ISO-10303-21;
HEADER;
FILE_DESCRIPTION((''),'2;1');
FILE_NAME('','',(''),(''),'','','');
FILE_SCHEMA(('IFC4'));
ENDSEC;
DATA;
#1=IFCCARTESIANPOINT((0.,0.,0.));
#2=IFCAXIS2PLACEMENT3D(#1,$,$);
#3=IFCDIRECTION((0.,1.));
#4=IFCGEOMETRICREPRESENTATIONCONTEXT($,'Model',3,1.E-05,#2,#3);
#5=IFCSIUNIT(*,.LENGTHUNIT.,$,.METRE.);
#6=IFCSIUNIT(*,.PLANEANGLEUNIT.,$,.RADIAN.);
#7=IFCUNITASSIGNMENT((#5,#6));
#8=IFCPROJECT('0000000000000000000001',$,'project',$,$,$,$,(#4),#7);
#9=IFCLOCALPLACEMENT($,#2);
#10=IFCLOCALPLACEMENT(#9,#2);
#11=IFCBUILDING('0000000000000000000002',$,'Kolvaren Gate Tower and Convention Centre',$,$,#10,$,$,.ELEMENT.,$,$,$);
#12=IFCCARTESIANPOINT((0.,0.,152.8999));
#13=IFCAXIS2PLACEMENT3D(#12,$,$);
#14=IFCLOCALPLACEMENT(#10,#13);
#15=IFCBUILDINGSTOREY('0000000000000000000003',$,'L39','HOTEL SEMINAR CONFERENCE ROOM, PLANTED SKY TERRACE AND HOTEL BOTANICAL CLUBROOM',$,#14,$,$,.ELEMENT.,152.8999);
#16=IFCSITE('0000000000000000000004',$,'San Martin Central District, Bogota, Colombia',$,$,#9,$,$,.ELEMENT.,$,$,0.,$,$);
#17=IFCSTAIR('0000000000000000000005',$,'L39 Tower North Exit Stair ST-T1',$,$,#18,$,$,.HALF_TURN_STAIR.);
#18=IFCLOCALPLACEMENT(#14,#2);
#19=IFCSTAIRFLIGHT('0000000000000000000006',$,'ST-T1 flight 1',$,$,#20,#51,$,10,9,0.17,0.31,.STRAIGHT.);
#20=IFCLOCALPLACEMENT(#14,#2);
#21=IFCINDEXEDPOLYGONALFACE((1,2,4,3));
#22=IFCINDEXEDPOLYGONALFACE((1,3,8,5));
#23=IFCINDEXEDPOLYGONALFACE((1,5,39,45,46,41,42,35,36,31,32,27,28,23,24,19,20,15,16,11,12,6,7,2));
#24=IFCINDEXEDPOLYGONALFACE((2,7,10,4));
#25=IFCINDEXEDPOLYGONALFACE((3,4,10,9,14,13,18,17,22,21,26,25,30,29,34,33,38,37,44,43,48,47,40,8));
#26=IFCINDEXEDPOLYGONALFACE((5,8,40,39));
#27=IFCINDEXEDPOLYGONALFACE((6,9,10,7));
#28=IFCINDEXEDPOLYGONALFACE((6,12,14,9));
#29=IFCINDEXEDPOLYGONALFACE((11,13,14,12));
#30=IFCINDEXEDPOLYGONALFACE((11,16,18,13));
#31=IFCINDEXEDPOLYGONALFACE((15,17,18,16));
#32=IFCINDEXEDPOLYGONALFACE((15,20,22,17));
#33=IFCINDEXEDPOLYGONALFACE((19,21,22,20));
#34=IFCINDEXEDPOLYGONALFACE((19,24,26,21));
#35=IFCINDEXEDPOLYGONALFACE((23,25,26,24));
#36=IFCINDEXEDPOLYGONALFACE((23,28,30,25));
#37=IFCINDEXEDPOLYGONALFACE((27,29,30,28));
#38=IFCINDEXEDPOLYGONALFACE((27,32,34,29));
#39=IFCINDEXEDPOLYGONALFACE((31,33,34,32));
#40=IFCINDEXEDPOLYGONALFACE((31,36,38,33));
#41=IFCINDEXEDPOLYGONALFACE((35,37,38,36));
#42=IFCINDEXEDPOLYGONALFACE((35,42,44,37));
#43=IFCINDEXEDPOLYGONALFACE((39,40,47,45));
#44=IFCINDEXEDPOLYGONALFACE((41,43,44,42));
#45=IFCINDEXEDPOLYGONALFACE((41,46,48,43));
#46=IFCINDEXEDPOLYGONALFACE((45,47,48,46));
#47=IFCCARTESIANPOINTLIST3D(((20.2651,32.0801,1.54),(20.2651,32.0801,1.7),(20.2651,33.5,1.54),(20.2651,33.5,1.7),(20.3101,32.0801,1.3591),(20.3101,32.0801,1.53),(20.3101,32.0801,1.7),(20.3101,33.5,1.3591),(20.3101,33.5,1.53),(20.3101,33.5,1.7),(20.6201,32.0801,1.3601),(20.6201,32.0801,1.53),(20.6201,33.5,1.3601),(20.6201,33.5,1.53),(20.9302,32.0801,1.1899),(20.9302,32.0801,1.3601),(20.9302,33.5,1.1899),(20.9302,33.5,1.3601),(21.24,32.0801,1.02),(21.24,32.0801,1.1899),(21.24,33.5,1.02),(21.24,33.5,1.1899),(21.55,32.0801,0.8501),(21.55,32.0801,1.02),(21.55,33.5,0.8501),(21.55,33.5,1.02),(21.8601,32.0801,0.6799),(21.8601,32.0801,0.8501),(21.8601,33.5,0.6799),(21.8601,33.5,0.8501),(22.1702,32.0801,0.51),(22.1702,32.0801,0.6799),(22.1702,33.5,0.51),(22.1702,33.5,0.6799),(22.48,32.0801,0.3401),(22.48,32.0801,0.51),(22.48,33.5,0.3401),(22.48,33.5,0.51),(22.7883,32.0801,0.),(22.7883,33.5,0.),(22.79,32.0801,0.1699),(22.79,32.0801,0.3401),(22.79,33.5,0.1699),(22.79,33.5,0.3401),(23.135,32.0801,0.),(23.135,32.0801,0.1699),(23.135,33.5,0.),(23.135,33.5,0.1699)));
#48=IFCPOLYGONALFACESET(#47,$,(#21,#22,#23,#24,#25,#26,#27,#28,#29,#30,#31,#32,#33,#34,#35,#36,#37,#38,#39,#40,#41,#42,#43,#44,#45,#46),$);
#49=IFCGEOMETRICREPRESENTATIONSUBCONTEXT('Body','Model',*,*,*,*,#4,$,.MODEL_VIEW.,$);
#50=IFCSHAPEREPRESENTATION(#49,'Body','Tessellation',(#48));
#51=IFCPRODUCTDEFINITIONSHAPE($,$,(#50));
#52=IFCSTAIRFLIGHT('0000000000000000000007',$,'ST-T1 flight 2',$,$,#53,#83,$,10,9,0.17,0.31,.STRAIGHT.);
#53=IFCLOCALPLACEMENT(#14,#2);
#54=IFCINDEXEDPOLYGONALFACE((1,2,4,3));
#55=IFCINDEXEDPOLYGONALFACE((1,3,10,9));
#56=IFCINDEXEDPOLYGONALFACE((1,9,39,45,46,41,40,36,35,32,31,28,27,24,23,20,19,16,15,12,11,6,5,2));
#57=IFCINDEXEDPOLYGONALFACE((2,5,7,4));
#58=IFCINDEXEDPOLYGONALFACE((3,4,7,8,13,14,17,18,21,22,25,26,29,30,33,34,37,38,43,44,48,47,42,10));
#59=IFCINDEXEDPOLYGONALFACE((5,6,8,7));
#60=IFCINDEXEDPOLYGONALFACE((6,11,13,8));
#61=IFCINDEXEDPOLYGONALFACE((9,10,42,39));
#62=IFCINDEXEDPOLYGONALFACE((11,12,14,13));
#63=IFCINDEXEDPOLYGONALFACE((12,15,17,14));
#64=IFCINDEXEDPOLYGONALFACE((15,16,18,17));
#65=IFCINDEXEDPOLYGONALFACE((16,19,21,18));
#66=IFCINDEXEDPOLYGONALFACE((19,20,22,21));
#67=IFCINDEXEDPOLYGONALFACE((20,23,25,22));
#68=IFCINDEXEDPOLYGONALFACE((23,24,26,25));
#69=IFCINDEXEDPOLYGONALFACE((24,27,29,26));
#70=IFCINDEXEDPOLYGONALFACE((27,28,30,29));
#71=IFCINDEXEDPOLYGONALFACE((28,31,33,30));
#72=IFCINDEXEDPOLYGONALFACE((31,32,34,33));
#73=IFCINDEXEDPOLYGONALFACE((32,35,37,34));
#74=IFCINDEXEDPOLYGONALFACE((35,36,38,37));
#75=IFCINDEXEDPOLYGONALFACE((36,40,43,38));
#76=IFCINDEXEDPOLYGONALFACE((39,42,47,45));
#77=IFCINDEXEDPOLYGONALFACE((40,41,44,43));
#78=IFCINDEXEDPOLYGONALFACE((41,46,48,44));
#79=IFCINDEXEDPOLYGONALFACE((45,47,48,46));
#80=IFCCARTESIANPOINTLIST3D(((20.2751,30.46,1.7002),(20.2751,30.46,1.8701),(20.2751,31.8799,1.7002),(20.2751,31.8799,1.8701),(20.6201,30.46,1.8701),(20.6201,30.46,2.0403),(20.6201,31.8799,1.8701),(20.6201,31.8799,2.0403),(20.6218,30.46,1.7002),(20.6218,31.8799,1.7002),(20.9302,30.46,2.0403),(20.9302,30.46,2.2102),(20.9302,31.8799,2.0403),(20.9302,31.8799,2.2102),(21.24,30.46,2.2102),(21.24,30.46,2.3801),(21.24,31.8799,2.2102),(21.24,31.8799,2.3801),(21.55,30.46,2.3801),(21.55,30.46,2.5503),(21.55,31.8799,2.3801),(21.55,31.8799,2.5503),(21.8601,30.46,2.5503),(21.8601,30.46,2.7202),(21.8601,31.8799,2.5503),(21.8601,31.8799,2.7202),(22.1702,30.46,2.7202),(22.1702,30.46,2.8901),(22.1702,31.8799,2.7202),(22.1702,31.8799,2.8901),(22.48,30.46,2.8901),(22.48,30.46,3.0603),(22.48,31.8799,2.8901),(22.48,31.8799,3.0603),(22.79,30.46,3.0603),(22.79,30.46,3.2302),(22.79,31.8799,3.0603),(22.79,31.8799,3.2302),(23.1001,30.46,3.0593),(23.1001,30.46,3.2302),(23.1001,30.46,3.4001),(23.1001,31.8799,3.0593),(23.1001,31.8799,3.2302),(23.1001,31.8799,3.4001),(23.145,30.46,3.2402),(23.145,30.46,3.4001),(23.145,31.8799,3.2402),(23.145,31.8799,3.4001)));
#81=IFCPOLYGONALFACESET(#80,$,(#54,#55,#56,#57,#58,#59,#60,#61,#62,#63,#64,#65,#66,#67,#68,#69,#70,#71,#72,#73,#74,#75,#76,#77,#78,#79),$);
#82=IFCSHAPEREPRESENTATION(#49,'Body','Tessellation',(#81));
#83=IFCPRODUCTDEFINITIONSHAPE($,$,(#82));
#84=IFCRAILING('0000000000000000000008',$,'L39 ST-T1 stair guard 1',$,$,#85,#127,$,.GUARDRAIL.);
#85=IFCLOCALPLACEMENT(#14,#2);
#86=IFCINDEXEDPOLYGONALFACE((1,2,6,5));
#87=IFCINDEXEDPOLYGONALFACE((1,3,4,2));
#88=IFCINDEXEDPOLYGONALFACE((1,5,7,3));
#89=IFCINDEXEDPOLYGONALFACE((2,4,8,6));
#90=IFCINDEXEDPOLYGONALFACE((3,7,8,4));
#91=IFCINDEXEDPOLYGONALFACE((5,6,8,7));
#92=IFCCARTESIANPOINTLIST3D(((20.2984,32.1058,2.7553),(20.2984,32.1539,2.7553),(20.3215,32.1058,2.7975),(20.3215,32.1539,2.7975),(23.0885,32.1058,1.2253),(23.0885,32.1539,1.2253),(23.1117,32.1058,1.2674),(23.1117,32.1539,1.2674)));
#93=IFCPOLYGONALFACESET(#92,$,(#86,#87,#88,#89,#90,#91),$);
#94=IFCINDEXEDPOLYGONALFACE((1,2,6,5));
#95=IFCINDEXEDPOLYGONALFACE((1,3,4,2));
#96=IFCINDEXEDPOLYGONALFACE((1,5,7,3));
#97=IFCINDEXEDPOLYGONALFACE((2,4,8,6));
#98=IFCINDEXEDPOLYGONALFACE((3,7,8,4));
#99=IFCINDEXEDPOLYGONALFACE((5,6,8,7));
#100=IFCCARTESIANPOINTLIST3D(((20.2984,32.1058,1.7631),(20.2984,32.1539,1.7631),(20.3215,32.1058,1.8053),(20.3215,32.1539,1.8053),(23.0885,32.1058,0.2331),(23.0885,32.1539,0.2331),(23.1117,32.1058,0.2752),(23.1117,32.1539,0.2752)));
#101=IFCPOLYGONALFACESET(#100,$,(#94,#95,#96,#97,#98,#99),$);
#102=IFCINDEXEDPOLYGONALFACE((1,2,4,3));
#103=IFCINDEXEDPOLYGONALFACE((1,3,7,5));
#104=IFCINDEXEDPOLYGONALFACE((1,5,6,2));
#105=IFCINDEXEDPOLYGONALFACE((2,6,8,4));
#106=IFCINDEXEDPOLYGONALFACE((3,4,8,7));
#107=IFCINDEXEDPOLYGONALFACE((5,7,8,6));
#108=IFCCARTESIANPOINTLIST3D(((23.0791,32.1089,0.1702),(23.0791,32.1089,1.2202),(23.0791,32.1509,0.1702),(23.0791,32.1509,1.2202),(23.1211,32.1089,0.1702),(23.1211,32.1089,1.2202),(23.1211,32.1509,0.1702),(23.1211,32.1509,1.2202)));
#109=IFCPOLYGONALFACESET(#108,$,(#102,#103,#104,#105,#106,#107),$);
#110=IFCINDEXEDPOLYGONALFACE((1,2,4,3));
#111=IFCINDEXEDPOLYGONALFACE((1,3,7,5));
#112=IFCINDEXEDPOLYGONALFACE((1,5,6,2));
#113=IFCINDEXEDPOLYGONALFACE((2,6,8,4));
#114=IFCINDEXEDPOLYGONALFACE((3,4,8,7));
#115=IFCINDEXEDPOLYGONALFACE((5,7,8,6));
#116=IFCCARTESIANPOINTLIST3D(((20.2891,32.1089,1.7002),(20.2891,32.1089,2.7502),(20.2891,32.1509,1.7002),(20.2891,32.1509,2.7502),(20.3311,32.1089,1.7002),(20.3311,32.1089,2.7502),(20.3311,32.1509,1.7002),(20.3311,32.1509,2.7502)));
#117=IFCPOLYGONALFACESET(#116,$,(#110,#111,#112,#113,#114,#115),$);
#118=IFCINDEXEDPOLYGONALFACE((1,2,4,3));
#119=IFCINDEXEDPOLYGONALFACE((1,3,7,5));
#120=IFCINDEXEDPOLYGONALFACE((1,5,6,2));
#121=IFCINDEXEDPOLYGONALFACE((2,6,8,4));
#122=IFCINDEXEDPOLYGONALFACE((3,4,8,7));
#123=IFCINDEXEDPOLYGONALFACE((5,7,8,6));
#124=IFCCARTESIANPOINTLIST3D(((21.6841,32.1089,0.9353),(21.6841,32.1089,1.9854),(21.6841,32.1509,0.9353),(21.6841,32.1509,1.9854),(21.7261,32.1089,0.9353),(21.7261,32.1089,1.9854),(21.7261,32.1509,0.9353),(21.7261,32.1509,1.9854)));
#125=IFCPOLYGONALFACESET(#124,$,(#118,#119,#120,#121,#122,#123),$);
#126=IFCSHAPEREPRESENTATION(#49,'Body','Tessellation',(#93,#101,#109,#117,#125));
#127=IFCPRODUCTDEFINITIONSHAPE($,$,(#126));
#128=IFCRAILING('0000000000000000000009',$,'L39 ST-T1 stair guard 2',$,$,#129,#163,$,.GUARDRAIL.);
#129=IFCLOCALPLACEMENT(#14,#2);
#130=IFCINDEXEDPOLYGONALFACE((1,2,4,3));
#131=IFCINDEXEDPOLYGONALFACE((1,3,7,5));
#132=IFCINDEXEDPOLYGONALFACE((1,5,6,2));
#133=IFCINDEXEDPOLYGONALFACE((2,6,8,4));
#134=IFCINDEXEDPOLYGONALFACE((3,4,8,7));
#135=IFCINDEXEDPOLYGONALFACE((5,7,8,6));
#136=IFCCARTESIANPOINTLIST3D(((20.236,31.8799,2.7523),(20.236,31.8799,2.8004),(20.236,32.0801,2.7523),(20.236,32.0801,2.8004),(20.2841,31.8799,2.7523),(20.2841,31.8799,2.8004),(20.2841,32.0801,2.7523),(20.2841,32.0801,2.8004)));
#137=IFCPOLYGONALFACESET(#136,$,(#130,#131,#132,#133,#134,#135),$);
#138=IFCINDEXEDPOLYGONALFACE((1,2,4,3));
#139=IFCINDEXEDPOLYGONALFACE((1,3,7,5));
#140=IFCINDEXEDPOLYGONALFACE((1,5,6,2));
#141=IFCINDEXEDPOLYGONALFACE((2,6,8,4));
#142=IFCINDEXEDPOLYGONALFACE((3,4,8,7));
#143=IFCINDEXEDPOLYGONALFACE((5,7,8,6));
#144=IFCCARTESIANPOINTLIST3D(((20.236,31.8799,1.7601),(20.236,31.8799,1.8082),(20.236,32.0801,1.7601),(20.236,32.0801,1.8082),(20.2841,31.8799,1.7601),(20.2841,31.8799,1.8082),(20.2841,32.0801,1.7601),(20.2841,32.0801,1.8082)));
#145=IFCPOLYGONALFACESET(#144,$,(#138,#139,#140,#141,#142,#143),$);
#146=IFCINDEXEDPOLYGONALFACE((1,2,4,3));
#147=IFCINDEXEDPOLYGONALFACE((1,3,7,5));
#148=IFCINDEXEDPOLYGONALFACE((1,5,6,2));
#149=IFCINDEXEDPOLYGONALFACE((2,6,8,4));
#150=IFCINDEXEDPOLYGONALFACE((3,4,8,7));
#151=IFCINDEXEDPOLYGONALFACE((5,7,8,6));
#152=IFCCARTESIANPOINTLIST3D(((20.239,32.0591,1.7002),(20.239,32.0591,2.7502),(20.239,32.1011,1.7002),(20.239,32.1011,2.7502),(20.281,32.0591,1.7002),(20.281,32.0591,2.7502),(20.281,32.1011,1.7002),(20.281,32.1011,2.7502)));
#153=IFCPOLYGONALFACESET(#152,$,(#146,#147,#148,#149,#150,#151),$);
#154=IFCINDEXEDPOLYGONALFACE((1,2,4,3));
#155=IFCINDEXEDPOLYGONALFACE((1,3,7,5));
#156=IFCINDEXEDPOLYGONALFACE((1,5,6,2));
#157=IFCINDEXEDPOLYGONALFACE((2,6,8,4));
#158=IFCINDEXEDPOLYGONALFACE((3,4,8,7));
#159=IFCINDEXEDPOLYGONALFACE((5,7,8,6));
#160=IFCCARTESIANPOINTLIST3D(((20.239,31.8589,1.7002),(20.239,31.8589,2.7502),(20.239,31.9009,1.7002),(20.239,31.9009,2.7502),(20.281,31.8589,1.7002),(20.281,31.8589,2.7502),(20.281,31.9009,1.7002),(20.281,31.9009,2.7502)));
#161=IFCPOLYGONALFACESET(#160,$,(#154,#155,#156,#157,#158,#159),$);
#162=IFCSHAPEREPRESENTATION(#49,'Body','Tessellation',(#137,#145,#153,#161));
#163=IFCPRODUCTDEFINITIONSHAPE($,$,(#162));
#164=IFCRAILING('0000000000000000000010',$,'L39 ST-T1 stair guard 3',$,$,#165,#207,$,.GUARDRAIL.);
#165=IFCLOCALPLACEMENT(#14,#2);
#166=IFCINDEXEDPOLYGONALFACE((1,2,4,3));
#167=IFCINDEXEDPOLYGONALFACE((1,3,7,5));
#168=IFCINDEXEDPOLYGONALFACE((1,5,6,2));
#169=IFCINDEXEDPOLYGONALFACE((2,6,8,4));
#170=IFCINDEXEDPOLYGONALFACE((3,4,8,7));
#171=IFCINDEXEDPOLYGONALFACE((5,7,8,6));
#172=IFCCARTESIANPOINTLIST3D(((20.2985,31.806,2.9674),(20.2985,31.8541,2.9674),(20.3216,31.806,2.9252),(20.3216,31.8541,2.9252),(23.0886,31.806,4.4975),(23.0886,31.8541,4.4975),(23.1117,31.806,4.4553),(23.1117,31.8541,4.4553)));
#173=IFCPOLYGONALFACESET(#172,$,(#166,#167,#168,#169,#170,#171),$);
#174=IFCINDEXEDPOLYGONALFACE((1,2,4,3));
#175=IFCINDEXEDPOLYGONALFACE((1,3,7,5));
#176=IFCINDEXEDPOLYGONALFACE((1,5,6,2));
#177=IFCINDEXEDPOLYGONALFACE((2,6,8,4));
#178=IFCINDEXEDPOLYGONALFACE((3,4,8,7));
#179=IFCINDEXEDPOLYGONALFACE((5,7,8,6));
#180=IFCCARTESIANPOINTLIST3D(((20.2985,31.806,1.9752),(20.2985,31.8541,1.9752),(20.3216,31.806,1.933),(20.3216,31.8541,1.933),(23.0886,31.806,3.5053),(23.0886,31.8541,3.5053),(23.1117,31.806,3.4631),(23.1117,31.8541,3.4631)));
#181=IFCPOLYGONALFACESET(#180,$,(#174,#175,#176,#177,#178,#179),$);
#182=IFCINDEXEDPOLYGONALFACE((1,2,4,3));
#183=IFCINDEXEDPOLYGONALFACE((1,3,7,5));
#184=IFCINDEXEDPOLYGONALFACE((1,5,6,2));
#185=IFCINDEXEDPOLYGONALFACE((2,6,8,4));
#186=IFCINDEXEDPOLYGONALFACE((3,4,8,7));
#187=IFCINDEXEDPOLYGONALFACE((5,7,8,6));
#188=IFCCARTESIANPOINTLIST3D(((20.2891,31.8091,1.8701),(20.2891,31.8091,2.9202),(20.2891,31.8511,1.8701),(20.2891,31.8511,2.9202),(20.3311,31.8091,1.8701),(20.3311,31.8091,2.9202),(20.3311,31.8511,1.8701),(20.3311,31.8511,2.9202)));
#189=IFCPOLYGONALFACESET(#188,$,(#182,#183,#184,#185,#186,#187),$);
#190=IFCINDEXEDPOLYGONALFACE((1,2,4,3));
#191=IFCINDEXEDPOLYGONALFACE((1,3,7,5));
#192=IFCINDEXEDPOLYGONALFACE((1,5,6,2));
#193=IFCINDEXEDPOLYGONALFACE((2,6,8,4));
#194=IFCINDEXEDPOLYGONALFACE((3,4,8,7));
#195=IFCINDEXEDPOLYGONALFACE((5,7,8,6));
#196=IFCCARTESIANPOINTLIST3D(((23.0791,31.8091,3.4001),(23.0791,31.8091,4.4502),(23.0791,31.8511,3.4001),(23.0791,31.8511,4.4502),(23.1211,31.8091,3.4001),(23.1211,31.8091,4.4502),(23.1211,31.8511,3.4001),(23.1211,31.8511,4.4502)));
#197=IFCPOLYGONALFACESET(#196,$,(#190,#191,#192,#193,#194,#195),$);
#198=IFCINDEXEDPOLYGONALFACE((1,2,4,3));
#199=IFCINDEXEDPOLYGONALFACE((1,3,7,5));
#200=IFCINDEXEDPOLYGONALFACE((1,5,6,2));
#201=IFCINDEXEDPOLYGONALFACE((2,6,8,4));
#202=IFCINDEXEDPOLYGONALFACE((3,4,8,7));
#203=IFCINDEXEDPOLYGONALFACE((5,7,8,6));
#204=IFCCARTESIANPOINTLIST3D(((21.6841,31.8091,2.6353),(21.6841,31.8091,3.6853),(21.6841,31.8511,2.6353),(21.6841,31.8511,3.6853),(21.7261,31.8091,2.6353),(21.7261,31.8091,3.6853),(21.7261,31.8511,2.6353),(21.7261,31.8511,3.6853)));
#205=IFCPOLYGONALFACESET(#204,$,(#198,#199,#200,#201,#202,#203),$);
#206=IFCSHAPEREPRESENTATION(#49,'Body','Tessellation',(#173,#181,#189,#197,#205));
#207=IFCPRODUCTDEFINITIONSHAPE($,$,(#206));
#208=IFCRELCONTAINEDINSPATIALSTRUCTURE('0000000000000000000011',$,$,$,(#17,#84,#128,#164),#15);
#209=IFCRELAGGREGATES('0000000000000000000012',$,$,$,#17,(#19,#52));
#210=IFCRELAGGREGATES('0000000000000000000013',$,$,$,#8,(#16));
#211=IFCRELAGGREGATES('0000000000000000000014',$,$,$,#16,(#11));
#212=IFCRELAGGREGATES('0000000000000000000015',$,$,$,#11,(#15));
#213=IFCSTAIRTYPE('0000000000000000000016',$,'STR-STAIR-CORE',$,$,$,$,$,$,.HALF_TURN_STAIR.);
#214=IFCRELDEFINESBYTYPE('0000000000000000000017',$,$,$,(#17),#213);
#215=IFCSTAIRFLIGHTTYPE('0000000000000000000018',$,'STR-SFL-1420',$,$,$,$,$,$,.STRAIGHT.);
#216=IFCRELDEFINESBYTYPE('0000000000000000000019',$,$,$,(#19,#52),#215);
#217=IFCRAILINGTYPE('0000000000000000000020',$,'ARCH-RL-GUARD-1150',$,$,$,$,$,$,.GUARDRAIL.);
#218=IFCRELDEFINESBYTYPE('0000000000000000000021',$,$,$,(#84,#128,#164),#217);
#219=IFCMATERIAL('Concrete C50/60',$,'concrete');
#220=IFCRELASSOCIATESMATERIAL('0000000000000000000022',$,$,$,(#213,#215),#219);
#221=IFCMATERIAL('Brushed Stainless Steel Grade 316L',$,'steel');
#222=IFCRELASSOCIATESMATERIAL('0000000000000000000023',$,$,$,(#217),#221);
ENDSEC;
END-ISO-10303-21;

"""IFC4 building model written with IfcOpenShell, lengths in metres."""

from ifc_helpers import new_model, si_unit, direction, frame, origin, origin_2d, place, context, subcontext, project, spatial, polyline, rectangle, outline, extrude, material, type_object, element, aggregate, save


model = new_model("IFC4")

# Units and contexts
model_context = context("Model", 3, precision=1e-05, world=origin(), true_north=direction((0.0, 1.0)))
body_context = subcontext(model_context, "Body", "Model", "MODEL_VIEW")
ifc_project = project(units=[si_unit("LENGTHUNIT", "METRE"), si_unit("PLANEANGLEUNIT", "RADIAN")], contexts=[model_context])

# Site, building, storey
site_placement = place(None, origin())
site = spatial("IfcSite", under=ifc_project, at=site_placement, Name="San Martin Central District, Bogota, Colombia", CompositionType="ELEMENT", RefElevation=0.0)
building_placement = place(site_placement, origin())
building = spatial("IfcBuilding", under=site, at=building_placement, Name="Kolvaren Gate Tower and Convention Centre", CompositionType="ELEMENT")
storey_placement = place(building_placement, frame((0.0, 0.0, 152.8999)))
storey = spatial("IfcBuildingStorey", under=building, at=storey_placement, Name="L39", Description="HOTEL SEMINAR CONFERENCE ROOM, PLANTED SKY TERRACE AND HOTEL BOTANICAL CLUBROOM", CompositionType="ELEMENT", Elevation=152.8999)

# Shared definitions
ifc_material_1 = material(Name="Brushed Stainless Steel Grade 316L", Category="steel")

# Shared definitions
ifc_material_2 = material(Name="Concrete C50/60", Category="concrete")

# Stair, stair flights
stair_type = type_object("IfcStairType", Name="STR-STAIR-CORE", PredefinedType="HALF_TURN_STAIR", material=ifc_material_2)
stair_placement = place(storey_placement, origin())
stair = element("IfcStair", 1, at=stair_placement, inside=storey, type_object=stair_type, Name="L39 Tower North Exit Stair ST-T1", PredefinedType="HALF_TURN_STAIR")
stair_flight_type = type_object("IfcStairFlightType", Name="STR-SFL-1420", PredefinedType="STRAIGHT", material=ifc_material_2)
stair_flight_1_placement = place(storey_placement, frame((23.1001, 32.79, 0.0), z_axis=(0.0, 0.0, 1.0), x_axis=(-1.0, 0.0, 0.0)))
stair_flight_1 = element("IfcStairFlight", 2, at=stair_flight_1_placement, type_object=stair_flight_type, Name="ST-T1 flight 1", NumberOfRisers=10, NumberOfTreads=9, PredefinedType="STRAIGHT", RiserHeight=0.17, TreadLength=0.31, context=body_context, shape_type="SweptSolid", body=[
    extrude(outline(polyline([(-0.0349, 0.0), (-0.0349, 0.1699), (0.3101, 0.1699), (0.3101, 0.3401), (0.6201, 0.3401), (0.6201, 0.51), (0.9299, 0.51), (0.9299, 0.6799), (1.24, 0.6799), (1.24, 0.8501), (1.55, 0.8501), (1.55, 1.02), (1.8601, 1.02), (1.8601, 1.1899), (2.1699, 1.1899), (2.1699, 1.3601), (2.48, 1.3601), (2.48, 1.53), (2.79, 1.53), (2.79, 1.7), (2.835, 1.7), (2.835, 1.54), (2.79, 1.3591), (0.3118, 0.0), (-0.0349, 0.0)])), frame((0.0, 0.71, 0.0), z_axis=(0.0, -1.0, 0.0), x_axis=(1.0, 0.0, 0.0)), (0.0, 0.0, 1.0), 1.4199),
])
stair_flight_2_placement = place(storey_placement, frame((20.3101, 31.1699, 1.7002), z_axis=(0.0, 0.0, 1.0), x_axis=(1.0, 0.0, 0.0)))
stair_flight_2 = element("IfcStairFlight", 3, at=stair_flight_2_placement, type_object=stair_flight_type, Name="ST-T1 flight 2", NumberOfRisers=10, NumberOfTreads=9, PredefinedType="STRAIGHT", RiserHeight=0.17, TreadLength=0.31, context=body_context, shape_type="SweptSolid", body=[
    extrude(outline(polyline([(-0.0349, 0.0), (-0.0349, 0.1699), (0.3101, 0.1699), (0.3101, 0.3401), (0.6201, 0.3401), (0.6201, 0.51), (0.9299, 0.51), (0.9299, 0.6799), (1.24, 0.6799), (1.24, 0.8501), (1.55, 0.8501), (1.55, 1.02), (1.8601, 1.02), (1.8601, 1.1899), (2.1699, 1.1899), (2.1699, 1.3601), (2.48, 1.3601), (2.48, 1.53), (2.79, 1.53), (2.79, 1.7), (2.835, 1.7), (2.835, 1.54), (2.79, 1.3591), (0.3118, 0.0), (-0.0349, 0.0)])), frame((0.0, 0.71, 0.0), z_axis=(0.0, -1.0, 0.0), x_axis=(1.0, 0.0, 0.0)), (0.0, 0.0, 1.0), 1.4199),
])
aggregate(stair, [stair_flight_1, stair_flight_2])

# Railings
railing_type_1 = type_object("IfcRailingType", Name="ARCH-RL-GUARD-1150", PredefinedType="GUARDRAIL", material=ifc_material_1)
railing_1_placement = place(storey_placement, frame((23.1001, 32.1299, 0.1702)))
element("IfcRailing", 4, at=railing_1_placement, inside=storey, type_object=railing_type_1, Name="L39 ST-T1 stair guard 1", PredefinedType="GUARDRAIL", context=body_context, shape_type="SweptSolid", body=[
    extrude(rectangle(XDim=0.0481, YDim=0.0481, at=origin_2d()), frame((0.0, 0.0, 1.0762), z_axis=(-0.876811, 0.0, 0.480835), x_axis=(0.0, -1.0, 0.0)), (0.0, 0.0, 1.0), 3.1821),
    extrude(rectangle(XDim=0.0481, YDim=0.0481, at=origin_2d()), frame((0.0, 0.0, 0.084), z_axis=(-0.876811, 0.0, 0.480835), x_axis=(0.0, -1.0, 0.0)), (0.0, 0.0, 1.0), 3.1821),
    extrude(rectangle(XDim=0.042, YDim=0.042, at=origin_2d()), origin(), (0.0, 0.0, 1.0), 1.05),
    extrude(rectangle(XDim=0.042, YDim=0.042, at=origin_2d()), frame((-2.79, 0.0, 1.53)), (0.0, 0.0, 1.0), 1.05),
    extrude(rectangle(XDim=0.042, YDim=0.042, at=origin_2d()), frame((-1.395, 0.0, 0.7651)), (0.0, 0.0, 1.0), 1.05),
])
railing_2_placement = place(storey_placement, frame((20.26, 32.0801, 1.7002)))
element("IfcRailing", 5, at=railing_2_placement, inside=storey, type_object=railing_type_1, Name="L39 ST-T1 stair guard 2", PredefinedType="GUARDRAIL", context=body_context, shape_type="SweptSolid", body=[
    extrude(rectangle(XDim=0.0481, YDim=0.0481, at=origin_2d()), frame((0.0, 0.0, 1.0762), z_axis=(0.0, -1.0, 0.0), x_axis=(1.0, 0.0, 0.0)), (0.0, 0.0, 1.0), 0.2002),
    extrude(rectangle(XDim=0.0481, YDim=0.0481, at=origin_2d()), frame((0.0, 0.0, 0.084), z_axis=(0.0, -1.0, 0.0), x_axis=(1.0, 0.0, 0.0)), (0.0, 0.0, 1.0), 0.2002),
    extrude(rectangle(XDim=0.042, YDim=0.042, at=origin_2d()), origin(), (0.0, 0.0, 1.0), 1.05),
    extrude(rectangle(XDim=0.042, YDim=0.042, at=origin_2d()), frame((0.0, -0.2002, 0.0)), (0.0, 0.0, 1.0), 1.05),
])
railing_3_placement = place(storey_placement, frame((20.3101, 31.8301, 1.8701)))
element("IfcRailing", 6, at=railing_3_placement, inside=storey, type_object=railing_type_1, Name="L39 ST-T1 stair guard 3", PredefinedType="GUARDRAIL", context=body_context, shape_type="SweptSolid", body=[
    extrude(rectangle(XDim=0.0481, YDim=0.0481, at=origin_2d()), frame((0.0, 0.0, 1.0762), z_axis=(0.876811, 0.0, 0.480835), x_axis=(0.0, 1.0, 0.0)), (0.0, 0.0, 1.0), 3.1821),
    extrude(rectangle(XDim=0.0481, YDim=0.0481, at=origin_2d()), frame((0.0, 0.0, 0.084), z_axis=(0.876811, 0.0, 0.480835), x_axis=(0.0, 1.0, 0.0)), (0.0, 0.0, 1.0), 3.1821),
    extrude(rectangle(XDim=0.042, YDim=0.042, at=origin_2d()), origin(), (0.0, 0.0, 1.0), 1.05),
    extrude(rectangle(XDim=0.042, YDim=0.042, at=origin_2d()), frame((2.79, 0.0, 1.53)), (0.0, 0.0, 1.0), 1.05),
    extrude(rectangle(XDim=0.042, YDim=0.042, at=origin_2d()), frame((1.395, 0.0, 0.7651)), (0.0, 0.0, 1.0), 1.05),
])

save(model, "model.ifc")
